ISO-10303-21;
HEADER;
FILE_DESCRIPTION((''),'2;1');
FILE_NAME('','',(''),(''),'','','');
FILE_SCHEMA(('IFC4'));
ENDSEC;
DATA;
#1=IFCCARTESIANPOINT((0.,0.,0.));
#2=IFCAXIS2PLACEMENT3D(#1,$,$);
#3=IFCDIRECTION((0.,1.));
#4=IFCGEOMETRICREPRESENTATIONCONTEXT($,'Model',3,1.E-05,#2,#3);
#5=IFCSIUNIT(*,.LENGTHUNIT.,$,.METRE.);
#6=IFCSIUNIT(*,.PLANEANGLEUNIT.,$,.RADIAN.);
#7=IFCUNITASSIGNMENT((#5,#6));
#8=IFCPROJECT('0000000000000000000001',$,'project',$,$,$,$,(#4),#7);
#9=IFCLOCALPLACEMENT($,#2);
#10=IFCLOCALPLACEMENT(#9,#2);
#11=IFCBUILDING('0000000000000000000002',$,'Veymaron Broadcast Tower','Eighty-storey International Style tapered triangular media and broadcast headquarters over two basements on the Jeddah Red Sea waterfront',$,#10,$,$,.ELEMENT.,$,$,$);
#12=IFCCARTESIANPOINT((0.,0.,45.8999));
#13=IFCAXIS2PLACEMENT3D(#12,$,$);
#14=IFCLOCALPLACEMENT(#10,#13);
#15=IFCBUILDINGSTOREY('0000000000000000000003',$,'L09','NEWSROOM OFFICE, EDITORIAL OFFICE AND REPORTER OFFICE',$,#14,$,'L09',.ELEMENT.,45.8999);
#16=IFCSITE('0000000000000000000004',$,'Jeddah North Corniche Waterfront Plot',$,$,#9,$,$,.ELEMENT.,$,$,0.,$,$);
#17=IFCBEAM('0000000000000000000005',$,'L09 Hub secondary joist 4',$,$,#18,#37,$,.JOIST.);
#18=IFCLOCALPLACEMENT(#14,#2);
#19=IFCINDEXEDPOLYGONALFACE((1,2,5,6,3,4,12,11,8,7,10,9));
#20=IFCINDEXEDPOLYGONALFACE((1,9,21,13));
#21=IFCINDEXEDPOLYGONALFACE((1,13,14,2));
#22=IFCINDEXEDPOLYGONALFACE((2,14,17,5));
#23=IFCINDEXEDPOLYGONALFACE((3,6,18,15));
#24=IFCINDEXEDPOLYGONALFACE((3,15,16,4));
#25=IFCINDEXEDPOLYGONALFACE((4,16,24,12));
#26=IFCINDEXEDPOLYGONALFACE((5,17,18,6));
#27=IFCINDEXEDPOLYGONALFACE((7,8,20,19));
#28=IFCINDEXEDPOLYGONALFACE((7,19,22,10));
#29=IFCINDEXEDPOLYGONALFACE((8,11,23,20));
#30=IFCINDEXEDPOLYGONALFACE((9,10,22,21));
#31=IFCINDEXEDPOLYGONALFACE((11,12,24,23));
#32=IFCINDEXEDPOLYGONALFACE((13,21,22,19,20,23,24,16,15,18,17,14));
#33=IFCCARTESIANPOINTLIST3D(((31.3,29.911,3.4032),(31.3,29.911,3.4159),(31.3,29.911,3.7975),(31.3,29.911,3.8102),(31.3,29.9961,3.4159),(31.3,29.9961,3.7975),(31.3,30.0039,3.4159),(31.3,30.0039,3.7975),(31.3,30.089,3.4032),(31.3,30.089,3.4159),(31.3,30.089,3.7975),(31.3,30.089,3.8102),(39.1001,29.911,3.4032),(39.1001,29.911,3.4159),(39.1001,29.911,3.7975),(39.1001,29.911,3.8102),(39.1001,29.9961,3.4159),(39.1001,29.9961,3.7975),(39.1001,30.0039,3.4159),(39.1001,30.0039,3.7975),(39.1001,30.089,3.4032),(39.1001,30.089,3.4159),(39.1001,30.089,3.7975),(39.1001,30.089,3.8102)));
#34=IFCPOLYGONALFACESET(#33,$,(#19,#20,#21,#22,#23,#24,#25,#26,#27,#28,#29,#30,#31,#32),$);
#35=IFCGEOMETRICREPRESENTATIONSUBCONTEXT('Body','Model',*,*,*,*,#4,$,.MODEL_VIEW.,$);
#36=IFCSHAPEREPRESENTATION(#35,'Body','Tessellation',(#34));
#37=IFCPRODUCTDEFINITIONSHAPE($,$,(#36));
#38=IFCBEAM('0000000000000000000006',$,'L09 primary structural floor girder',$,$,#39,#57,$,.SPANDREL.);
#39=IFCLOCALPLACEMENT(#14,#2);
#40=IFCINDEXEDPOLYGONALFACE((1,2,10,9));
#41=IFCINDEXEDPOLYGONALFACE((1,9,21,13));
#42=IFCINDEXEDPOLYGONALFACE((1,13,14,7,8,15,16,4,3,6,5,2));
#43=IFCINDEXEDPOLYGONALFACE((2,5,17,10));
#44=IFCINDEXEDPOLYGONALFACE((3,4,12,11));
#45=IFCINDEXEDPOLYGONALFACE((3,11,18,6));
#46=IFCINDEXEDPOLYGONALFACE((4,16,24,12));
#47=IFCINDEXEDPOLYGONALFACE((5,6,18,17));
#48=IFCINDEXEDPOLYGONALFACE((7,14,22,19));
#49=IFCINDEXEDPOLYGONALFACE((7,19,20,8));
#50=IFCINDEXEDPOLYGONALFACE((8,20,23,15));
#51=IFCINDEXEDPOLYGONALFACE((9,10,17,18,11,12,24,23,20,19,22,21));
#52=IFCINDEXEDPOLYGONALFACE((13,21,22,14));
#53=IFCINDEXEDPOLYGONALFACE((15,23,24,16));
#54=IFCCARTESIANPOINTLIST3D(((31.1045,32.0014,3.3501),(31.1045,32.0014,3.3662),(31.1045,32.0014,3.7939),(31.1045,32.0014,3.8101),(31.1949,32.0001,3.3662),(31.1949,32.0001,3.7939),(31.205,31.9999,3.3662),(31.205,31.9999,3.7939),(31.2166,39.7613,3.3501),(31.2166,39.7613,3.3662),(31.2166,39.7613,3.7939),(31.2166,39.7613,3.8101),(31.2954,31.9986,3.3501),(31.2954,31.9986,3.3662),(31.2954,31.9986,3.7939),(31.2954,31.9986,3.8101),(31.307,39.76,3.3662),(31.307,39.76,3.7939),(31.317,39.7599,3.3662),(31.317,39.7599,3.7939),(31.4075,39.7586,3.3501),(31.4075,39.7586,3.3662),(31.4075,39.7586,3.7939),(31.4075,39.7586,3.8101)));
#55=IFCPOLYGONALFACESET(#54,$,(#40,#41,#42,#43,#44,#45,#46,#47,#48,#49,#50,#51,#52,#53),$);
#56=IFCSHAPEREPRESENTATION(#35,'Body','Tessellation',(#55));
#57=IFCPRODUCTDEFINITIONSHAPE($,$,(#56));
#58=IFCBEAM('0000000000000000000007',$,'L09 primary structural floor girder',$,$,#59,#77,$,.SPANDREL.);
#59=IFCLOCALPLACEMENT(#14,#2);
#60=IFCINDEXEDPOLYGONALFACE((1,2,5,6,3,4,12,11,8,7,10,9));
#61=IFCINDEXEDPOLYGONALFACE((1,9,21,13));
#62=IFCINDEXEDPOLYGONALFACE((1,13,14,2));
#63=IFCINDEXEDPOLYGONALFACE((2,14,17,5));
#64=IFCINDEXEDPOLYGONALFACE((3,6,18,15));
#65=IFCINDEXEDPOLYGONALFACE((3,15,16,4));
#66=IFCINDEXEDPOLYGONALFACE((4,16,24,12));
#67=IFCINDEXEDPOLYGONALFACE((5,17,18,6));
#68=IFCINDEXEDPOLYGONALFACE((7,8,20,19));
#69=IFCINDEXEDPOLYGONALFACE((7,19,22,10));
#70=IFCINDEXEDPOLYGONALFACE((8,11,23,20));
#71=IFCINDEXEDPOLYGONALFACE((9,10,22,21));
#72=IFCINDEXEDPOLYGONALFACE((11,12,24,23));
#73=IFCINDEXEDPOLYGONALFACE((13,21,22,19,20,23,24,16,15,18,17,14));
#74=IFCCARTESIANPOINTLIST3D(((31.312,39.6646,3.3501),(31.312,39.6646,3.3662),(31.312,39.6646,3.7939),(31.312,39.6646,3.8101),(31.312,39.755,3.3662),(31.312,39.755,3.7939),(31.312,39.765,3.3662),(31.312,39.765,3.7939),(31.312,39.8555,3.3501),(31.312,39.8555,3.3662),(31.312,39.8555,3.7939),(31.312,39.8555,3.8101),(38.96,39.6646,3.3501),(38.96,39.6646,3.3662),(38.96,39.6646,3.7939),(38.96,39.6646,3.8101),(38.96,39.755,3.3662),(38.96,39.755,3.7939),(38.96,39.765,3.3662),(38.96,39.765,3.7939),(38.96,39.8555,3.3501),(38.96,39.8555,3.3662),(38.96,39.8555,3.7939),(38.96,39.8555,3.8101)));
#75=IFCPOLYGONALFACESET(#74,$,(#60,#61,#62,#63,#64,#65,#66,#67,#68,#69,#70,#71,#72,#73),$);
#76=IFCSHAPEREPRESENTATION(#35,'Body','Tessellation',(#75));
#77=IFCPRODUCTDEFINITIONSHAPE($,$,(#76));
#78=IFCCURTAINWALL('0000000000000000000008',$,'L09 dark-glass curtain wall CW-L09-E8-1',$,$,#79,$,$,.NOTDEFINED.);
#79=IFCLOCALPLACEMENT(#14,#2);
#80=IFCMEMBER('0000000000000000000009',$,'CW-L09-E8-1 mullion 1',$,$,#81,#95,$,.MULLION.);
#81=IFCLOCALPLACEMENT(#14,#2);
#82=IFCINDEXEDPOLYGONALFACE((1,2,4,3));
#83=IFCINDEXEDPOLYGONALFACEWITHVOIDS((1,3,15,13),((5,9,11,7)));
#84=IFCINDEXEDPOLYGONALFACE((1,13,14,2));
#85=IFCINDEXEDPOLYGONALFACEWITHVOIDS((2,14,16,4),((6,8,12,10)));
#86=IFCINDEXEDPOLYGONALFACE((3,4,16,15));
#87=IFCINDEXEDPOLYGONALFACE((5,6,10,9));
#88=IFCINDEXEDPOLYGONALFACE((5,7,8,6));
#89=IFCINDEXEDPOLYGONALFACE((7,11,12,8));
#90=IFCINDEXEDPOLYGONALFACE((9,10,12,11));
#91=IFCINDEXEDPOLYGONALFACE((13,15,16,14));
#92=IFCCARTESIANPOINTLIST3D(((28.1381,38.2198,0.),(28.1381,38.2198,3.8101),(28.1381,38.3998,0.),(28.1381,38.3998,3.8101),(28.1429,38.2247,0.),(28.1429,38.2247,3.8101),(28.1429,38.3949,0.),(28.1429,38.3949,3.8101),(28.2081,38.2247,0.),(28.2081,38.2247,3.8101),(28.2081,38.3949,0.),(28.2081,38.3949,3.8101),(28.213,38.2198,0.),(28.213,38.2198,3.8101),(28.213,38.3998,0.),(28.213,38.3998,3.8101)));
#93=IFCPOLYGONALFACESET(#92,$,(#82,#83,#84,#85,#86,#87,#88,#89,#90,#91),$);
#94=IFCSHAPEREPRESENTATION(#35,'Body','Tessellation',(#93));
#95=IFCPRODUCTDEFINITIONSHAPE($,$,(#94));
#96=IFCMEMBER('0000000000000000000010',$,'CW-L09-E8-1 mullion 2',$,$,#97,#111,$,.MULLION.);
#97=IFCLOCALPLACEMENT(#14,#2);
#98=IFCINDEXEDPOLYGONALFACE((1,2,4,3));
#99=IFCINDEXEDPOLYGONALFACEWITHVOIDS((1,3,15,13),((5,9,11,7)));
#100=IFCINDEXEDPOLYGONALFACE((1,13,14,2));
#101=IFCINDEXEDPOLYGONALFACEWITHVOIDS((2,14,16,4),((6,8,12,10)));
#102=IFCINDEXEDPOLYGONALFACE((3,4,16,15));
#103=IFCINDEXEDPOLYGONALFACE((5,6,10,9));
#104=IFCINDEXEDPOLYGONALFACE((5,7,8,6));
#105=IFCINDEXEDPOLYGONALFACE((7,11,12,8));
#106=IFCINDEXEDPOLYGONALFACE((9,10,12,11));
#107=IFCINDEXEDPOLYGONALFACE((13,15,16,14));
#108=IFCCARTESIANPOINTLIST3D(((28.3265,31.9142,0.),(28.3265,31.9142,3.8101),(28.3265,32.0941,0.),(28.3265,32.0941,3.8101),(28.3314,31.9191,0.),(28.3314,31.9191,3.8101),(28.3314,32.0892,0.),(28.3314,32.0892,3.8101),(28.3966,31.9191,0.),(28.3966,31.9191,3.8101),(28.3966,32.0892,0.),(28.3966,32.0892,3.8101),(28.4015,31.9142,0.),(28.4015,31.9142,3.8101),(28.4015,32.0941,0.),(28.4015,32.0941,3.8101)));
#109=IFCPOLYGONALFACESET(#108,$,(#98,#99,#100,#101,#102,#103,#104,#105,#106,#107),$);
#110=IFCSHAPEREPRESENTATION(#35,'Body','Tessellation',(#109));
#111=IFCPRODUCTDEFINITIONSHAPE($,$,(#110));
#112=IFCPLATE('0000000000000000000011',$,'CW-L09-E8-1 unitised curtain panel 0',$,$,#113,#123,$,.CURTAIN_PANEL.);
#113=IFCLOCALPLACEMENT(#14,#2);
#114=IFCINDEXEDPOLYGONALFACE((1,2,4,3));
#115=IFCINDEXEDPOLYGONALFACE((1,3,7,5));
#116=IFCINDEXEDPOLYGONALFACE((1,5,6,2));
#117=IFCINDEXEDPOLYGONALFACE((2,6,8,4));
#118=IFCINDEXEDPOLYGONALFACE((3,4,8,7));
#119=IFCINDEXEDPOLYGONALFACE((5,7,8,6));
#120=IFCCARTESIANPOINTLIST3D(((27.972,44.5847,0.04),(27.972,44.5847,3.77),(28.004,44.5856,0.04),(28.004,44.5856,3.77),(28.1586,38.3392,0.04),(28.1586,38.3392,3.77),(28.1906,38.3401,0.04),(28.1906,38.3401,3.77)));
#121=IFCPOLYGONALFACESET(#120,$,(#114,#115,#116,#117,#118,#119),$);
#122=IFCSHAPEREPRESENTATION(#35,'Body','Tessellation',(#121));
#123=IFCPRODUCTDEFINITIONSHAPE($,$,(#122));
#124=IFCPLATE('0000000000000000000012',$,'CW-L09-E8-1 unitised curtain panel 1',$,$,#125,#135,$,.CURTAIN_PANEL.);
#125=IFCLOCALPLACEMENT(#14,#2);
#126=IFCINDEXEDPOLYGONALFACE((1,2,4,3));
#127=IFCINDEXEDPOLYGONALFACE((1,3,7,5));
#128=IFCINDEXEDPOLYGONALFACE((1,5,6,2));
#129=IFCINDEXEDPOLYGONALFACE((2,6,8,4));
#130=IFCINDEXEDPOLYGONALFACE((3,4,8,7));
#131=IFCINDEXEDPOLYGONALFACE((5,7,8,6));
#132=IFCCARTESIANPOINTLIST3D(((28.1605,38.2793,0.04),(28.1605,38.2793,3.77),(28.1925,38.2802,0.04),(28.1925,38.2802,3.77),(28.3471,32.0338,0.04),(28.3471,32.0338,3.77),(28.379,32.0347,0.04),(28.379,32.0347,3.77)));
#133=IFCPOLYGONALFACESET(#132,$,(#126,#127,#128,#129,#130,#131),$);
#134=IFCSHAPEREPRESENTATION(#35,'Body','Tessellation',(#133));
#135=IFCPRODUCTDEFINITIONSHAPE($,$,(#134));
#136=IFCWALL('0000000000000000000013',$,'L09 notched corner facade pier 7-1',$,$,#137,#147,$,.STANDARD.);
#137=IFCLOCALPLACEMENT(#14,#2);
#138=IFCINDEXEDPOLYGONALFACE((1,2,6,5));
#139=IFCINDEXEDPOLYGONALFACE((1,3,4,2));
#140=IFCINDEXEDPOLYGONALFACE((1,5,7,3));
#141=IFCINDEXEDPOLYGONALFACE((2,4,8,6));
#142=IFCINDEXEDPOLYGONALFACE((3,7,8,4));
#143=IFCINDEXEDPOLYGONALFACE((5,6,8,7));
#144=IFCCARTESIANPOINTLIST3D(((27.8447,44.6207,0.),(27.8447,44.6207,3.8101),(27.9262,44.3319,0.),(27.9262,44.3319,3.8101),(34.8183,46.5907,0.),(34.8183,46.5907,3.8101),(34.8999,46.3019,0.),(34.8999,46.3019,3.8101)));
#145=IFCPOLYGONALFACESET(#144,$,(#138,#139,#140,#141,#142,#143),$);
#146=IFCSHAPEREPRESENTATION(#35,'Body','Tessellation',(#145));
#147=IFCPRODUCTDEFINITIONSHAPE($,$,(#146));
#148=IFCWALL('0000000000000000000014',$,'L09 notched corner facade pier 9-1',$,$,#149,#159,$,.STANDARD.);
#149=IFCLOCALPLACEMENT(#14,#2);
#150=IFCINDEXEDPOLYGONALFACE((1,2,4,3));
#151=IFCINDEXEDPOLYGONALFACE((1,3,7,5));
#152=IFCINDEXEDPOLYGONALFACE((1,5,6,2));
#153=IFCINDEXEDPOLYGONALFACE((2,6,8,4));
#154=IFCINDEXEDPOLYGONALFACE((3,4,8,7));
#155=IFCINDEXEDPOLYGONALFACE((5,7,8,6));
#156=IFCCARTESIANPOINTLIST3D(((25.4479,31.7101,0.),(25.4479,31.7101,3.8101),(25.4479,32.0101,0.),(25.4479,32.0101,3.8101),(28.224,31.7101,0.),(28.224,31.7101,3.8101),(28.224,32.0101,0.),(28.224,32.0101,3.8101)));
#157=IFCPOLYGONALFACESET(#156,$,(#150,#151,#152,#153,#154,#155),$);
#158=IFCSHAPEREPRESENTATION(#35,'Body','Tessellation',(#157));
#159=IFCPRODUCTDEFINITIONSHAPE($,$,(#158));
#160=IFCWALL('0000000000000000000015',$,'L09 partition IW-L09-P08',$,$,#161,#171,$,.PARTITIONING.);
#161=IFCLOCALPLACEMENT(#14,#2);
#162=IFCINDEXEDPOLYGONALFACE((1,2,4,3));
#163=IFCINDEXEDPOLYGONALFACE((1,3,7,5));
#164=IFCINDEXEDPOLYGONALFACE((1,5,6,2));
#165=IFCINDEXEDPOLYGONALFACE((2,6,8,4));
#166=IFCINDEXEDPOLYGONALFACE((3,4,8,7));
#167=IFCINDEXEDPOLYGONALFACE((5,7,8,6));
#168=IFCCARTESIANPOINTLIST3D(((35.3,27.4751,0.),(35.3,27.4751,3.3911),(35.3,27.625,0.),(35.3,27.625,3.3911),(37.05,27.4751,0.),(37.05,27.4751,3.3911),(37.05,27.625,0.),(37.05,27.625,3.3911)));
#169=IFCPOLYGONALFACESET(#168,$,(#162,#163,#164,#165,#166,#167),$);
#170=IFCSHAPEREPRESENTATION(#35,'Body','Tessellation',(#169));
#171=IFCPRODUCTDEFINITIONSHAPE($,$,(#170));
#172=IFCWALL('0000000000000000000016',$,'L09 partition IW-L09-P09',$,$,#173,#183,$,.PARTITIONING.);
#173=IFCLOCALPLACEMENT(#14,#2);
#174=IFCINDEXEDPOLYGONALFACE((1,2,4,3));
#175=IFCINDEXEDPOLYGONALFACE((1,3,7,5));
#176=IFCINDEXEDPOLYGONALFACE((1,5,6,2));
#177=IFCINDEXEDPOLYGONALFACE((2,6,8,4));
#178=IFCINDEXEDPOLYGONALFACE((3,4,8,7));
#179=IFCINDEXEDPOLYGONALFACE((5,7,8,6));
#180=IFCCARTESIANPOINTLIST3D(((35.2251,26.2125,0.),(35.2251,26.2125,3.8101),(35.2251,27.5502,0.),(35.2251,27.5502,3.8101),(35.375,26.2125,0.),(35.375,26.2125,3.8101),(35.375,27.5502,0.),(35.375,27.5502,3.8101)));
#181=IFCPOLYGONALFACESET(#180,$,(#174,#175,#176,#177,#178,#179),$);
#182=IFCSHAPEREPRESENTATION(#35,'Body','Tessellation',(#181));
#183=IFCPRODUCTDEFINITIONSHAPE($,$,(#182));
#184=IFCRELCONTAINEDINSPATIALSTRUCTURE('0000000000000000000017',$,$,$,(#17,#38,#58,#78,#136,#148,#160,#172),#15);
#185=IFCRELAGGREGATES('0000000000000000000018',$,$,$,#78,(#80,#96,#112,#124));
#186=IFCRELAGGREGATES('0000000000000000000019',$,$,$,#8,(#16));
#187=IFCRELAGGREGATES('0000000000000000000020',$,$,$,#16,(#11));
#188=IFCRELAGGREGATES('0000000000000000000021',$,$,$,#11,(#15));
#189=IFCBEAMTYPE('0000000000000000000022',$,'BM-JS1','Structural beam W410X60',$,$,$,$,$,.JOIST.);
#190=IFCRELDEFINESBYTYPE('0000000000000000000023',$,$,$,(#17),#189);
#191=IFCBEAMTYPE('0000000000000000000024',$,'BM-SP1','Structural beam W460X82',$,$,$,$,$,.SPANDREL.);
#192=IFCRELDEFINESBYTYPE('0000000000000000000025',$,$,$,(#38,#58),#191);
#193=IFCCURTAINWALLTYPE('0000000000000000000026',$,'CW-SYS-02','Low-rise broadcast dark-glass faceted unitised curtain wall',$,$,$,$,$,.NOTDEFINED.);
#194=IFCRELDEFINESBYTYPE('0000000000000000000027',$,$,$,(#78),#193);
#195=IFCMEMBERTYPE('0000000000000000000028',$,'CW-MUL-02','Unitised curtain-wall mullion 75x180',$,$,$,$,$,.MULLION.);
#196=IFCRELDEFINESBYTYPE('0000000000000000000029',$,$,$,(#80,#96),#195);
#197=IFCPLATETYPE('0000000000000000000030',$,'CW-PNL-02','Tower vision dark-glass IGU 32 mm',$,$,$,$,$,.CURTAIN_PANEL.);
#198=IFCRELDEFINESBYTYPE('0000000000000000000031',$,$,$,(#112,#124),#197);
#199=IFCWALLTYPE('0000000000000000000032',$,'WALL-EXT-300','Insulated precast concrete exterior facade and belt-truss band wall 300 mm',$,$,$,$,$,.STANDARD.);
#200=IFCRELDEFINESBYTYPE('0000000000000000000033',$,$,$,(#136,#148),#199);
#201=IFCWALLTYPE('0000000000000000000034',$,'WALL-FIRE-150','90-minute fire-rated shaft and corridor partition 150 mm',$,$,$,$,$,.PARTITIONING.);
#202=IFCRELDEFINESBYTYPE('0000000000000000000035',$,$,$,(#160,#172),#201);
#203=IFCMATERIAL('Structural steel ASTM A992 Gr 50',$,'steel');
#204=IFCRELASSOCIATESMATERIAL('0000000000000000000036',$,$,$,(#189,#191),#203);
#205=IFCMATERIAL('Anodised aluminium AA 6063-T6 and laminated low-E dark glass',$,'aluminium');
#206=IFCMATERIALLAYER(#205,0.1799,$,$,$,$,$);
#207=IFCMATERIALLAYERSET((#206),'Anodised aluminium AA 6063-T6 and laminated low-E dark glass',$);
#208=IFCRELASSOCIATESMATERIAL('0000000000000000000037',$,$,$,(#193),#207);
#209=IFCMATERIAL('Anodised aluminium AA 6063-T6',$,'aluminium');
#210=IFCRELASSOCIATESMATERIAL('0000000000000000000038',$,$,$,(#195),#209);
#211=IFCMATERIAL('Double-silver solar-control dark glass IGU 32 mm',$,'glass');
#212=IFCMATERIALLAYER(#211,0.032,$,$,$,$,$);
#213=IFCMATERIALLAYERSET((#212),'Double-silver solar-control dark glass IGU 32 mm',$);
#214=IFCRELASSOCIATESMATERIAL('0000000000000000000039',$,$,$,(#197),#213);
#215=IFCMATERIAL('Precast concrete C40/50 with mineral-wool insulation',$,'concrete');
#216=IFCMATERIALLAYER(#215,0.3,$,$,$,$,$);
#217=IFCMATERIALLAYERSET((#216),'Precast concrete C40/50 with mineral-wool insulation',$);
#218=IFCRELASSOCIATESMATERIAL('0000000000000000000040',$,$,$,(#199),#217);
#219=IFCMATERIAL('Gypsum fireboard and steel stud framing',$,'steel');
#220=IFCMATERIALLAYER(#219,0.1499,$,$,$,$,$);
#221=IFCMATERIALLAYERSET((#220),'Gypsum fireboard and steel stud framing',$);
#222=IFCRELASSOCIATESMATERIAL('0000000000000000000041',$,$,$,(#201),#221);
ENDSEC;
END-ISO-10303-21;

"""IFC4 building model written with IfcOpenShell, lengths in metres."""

from ifc_helpers import new_model, si_unit, direction, frame, frame_2d, origin, origin_2d, place, context, subcontext, project, spatial, rectangle, hollow_rectangle, i_section, extrude, material, layer, layer_set, material_profile, profile_set, type_object, element, aggregate, save


model = new_model("IFC4")

# Units and contexts
model_context = context("Model", 3, precision=1e-05, world=origin(), true_north=direction((0.0, 1.0)))
body_context = subcontext(model_context, "Body", "Model", "MODEL_VIEW")
ifc_project = project(units=[si_unit("LENGTHUNIT", "METRE"), si_unit("PLANEANGLEUNIT", "RADIAN")], contexts=[model_context])

# Site, building, storey
site_placement = place(None, origin())
site = spatial("IfcSite", under=ifc_project, at=site_placement, Name="Jeddah North Corniche Waterfront Plot", CompositionType="ELEMENT", RefElevation=0.0)
building_placement = place(site_placement, origin())
building = spatial("IfcBuilding", under=site, at=building_placement, Name="Veymaron Broadcast Tower", Description="Eighty-storey International Style tapered triangular media and broadcast headquarters over two basements on the Jeddah Red Sea waterfront", CompositionType="ELEMENT")
storey_placement = place(building_placement, frame((0.0, 0.0, 45.8999)))
storey = spatial("IfcBuildingStorey", under=building, at=storey_placement, Name="L09", Description="NEWSROOM OFFICE, EDITORIAL OFFICE AND REPORTER OFFICE", LongName="L09", CompositionType="ELEMENT", Elevation=45.8999)

# Beams
ifc_material_1 = material(Name="Structural steel ASTM A992 Gr 50", Category="steel")
ifc_material_profile_1 = material_profile(ifc_material_1, i_section(OverallWidth=0.178, OverallDepth=0.407, WebThickness=0.0078, FlangeThickness=0.0127, at=origin_2d()), Name="W410X60")
ifc_profile_set_1 = profile_set([ifc_material_profile_1], Name="Structural steel ASTM A992 Gr 50")
beam_type_1 = type_object("IfcBeamType", Name="BM-JS1", Description="Structural beam W410X60", PredefinedType="JOIST", material=ifc_profile_set_1)
for number, where, z_axis, x_axis, name in (
    (1, (31.3, 30.0, 3.6067), (1.0, 0.0, 0.0), (0.0, 1.0, 0.0), "L09 Hub secondary joist 4"),
):
    element("IfcBeam", number, at=place(storey_placement, frame(where, z_axis=z_axis, x_axis=x_axis)), inside=storey, type_object=beam_type_1, Name=name, PredefinedType="JOIST", context=body_context, shape_type="SweptSolid", body=[
        extrude(i_section(OverallWidth=0.178, OverallDepth=0.407, WebThickness=0.0078, FlangeThickness=0.0127, at=origin_2d()), origin(), (0.0, 0.0, 1.0), 7.8),
    ])
ifc_material_profile_2 = material_profile(ifc_material_1, i_section(OverallWidth=0.1909, OverallDepth=0.46, WebThickness=0.01, FlangeThickness=0.0161, at=origin_2d()), Name="W460X82")
ifc_profile_set_2 = profile_set([ifc_material_profile_2], Name="Structural steel ASTM A992 Gr 50")
beam_type_2 = type_object("IfcBeamType", Name="BM-SP1", Description="Structural beam W460X82", PredefinedType="SPANDREL", material=ifc_profile_set_2)
beam_1_placement = place(storey_placement, frame((31.2, 32.0, 3.5801), z_axis=(0.014439, 0.999896, 0.0), x_axis=(-0.999896, 0.014439, 0.0)))
element("IfcBeam", 2, at=beam_1_placement, inside=storey, type_object=beam_type_2, Name="L09 primary structural floor girder", PredefinedType="SPANDREL", context=body_context, shape_type="SweptSolid", body=[
    extrude(i_section(OverallWidth=0.1909, OverallDepth=0.46, WebThickness=0.01, FlangeThickness=0.0161, at=origin_2d()), origin(), (0.0, 0.0, 1.0), 7.7607),
])
beam_2_placement = place(storey_placement, frame((31.312, 39.76, 3.5801), z_axis=(1.0, 0.0, 0.0), x_axis=(0.0, 1.0, 0.0)))
element("IfcBeam", 3, at=beam_2_placement, inside=storey, type_object=beam_type_2, Name="L09 primary structural floor girder", PredefinedType="SPANDREL", context=body_context, shape_type="SweptSolid", body=[
    extrude(i_section(OverallWidth=0.1909, OverallDepth=0.46, WebThickness=0.01, FlangeThickness=0.0161, at=origin_2d()), origin(), (0.0, 0.0, 1.0), 7.6479),
])

# Curtain wall, members, plates
ifc_material_2 = material(Name="Anodised aluminium AA 6063-T6 and laminated low-E dark glass", Category="aluminium")
ifc_layer_1 = layer(ifc_material_2, 0.1799)
ifc_layer_set_1 = layer_set([ifc_layer_1], Name="Anodised aluminium AA 6063-T6 and laminated low-E dark glass")
curtain_wall_type = type_object("IfcCurtainWallType", Name="CW-SYS-02", Description="Low-rise broadcast dark-glass faceted unitised curtain wall", PredefinedType="NOTDEFINED", material=ifc_layer_set_1)
curtain_wall_placement = place(storey_placement, origin())
curtain_wall = element("IfcCurtainWall", 4, at=curtain_wall_placement, inside=storey, type_object=curtain_wall_type, Name="L09 dark-glass curtain wall CW-L09-E8-1", PredefinedType="NOTDEFINED")
ifc_material_3 = material(Name="Anodised aluminium AA 6063-T6", Category="aluminium")
ifc_material_profile_3 = material_profile(ifc_material_3, hollow_rectangle(XDim=0.075, YDim=0.1799, WallThickness=0.0049, at=origin_2d()), Name="AL180X75X5")
ifc_profile_set_3 = profile_set([ifc_material_profile_3], Name="Anodised aluminium AA 6063-T6")
member_type = type_object("IfcMemberType", Name="CW-MUL-02", Description="Unitised curtain-wall mullion 75x180", PredefinedType="MULLION", material=ifc_profile_set_3)
member_1_placement = place(storey_placement, frame((28.1755, 38.3098, 0.0), z_axis=(0.0, 0.0, 1.0), x_axis=(1.0, 0.0, 0.0)))
member_1 = element("IfcMember", 5, at=member_1_placement, type_object=member_type, Name="CW-L09-E8-1 mullion 1", PredefinedType="MULLION", context=body_context, shape_type="SweptSolid", body=[
    extrude(hollow_rectangle(XDim=0.075, YDim=0.1799, WallThickness=0.0049, at=origin_2d()), origin(), (0.0, 0.0, 1.0), 3.8101),
])
member_2_placement = place(storey_placement, frame((28.364, 32.0042, 0.0), z_axis=(0.0, 0.0, 1.0), x_axis=(1.0, 0.0, 0.0)))
member_2 = element("IfcMember", 6, at=member_2_placement, type_object=member_type, Name="CW-L09-E8-1 mullion 2", PredefinedType="MULLION", context=body_context, shape_type="SweptSolid", body=[
    extrude(hollow_rectangle(XDim=0.075, YDim=0.1799, WallThickness=0.0049, at=origin_2d()), origin(), (0.0, 0.0, 1.0), 3.8101),
])
ifc_material_4 = material(Name="Double-silver solar-control dark glass IGU 32 mm", Category="glass")
ifc_layer_2 = layer(ifc_material_4, 0.032)
ifc_layer_set_2 = layer_set([ifc_layer_2], Name="Double-silver solar-control dark glass IGU 32 mm")
plate_type = type_object("IfcPlateType", Name="CW-PNL-02", Description="Tower vision dark-glass IGU 32 mm", PredefinedType="CURTAIN_PANEL", material=ifc_layer_set_2)
plate_1_placement = place(storey_placement, frame((28.0813, 41.4624, 0.04), z_axis=(0.0, 0.0, 1.0), x_axis=(0.029858, -0.999554, 0.0)))
plate_1 = element("IfcPlate", 7, at=plate_1_placement, type_object=plate_type, Name="CW-L09-E8-1 unitised curtain panel 0", PredefinedType="CURTAIN_PANEL", context=body_context, shape_type="SweptSolid", body=[
    extrude(rectangle(XDim=6.2483, YDim=0.032, at=origin_2d()), origin(), (0.0, 0.0, 1.0), 3.73),
])
plate_2_placement = place(storey_placement, frame((28.2698, 35.157, 0.04), z_axis=(0.0, 0.0, 1.0), x_axis=(0.029858, -0.999554, 0.0)))
plate_2 = element("IfcPlate", 8, at=plate_2_placement, type_object=plate_type, Name="CW-L09-E8-1 unitised curtain panel 1", PredefinedType="CURTAIN_PANEL", context=body_context, shape_type="SweptSolid", body=[
    extrude(rectangle(XDim=6.2483, YDim=0.032, at=origin_2d()), origin(), (0.0, 0.0, 1.0), 3.73),
])
aggregate(curtain_wall, [member_1, member_2, plate_1, plate_2])

# Walls
ifc_material_5 = material(Name="Precast concrete C40/50 with mineral-wool insulation", Category="concrete")
ifc_layer_3 = layer(ifc_material_5, 0.3)
ifc_layer_set_3 = layer_set([ifc_layer_3], Name="Precast concrete C40/50 with mineral-wool insulation")
wall_type_1 = type_object("IfcWallType", Name="WALL-EXT-300", Description="Insulated precast concrete exterior facade and belt-truss band wall 300 mm", PredefinedType="STANDARD", material=ifc_layer_set_3)
wall_1_placement = place(storey_placement, frame((34.8591, 46.4463, 0.0), z_axis=(0.0, 0.0, 1.0), x_axis=(-0.96234, -0.27185, 0.0)))
element("IfcWall", 9, at=wall_1_placement, inside=storey, type_object=wall_type_1, Name="L09 notched corner facade pier 7-1", PredefinedType="STANDARD", context=body_context, shape_type="SweptSolid", body=[
    extrude(rectangle(XDim=7.2466, YDim=0.3, at=frame_2d((3.6233, 0.0))), origin(), (0.0, 0.0, 1.0), 3.8101),
])
wall_2_placement = place(storey_placement, frame((28.2241, 31.8601, 0.0), z_axis=(0.0, 0.0, 1.0), x_axis=(-1.0, 0.0, 0.0)))
element("IfcWall", 10, at=wall_2_placement, inside=storey, type_object=wall_type_1, Name="L09 notched corner facade pier 9-1", PredefinedType="STANDARD", context=body_context, shape_type="SweptSolid", body=[
    extrude(rectangle(XDim=2.7761, YDim=0.3, at=frame_2d((1.3882, 0.0))), origin(), (0.0, 0.0, 1.0), 3.8101),
])
ifc_material_6 = material(Name="Gypsum fireboard and steel stud framing", Category="steel")
ifc_layer_4 = layer(ifc_material_6, 0.1499)
ifc_layer_set_4 = layer_set([ifc_layer_4], Name="Gypsum fireboard and steel stud framing")
wall_type_2 = type_object("IfcWallType", Name="WALL-FIRE-150", Description="90-minute fire-rated shaft and corridor partition 150 mm", PredefinedType="PARTITIONING", material=ifc_layer_set_4)
wall_3_placement = place(storey_placement, frame((35.3, 27.55, 0.0), z_axis=(0.0, 0.0, 1.0), x_axis=(1.0, 0.0, 0.0)))
element("IfcWall", 11, at=wall_3_placement, inside=storey, type_object=wall_type_2, Name="L09 partition IW-L09-P08", PredefinedType="PARTITIONING", context=body_context, shape_type="SweptSolid", body=[
    extrude(rectangle(XDim=1.75, YDim=0.1499, at=frame_2d((0.875, 0.0))), origin(), (0.0, 0.0, 1.0), 3.3911),
])
wall_4_placement = place(storey_placement, frame((35.3, 26.2124, 0.0), z_axis=(0.0, 0.0, 1.0), x_axis=(0.0, 1.0, 0.0)))
element("IfcWall", 12, at=wall_4_placement, inside=storey, type_object=wall_type_2, Name="L09 partition IW-L09-P09", PredefinedType="PARTITIONING", context=body_context, shape_type="SweptSolid", body=[
    extrude(rectangle(XDim=1.3376, YDim=0.1499, at=frame_2d((0.6689, 0.0))), origin(), (0.0, 0.0, 1.0), 3.8101),
])

save(model, "model.ifc")
